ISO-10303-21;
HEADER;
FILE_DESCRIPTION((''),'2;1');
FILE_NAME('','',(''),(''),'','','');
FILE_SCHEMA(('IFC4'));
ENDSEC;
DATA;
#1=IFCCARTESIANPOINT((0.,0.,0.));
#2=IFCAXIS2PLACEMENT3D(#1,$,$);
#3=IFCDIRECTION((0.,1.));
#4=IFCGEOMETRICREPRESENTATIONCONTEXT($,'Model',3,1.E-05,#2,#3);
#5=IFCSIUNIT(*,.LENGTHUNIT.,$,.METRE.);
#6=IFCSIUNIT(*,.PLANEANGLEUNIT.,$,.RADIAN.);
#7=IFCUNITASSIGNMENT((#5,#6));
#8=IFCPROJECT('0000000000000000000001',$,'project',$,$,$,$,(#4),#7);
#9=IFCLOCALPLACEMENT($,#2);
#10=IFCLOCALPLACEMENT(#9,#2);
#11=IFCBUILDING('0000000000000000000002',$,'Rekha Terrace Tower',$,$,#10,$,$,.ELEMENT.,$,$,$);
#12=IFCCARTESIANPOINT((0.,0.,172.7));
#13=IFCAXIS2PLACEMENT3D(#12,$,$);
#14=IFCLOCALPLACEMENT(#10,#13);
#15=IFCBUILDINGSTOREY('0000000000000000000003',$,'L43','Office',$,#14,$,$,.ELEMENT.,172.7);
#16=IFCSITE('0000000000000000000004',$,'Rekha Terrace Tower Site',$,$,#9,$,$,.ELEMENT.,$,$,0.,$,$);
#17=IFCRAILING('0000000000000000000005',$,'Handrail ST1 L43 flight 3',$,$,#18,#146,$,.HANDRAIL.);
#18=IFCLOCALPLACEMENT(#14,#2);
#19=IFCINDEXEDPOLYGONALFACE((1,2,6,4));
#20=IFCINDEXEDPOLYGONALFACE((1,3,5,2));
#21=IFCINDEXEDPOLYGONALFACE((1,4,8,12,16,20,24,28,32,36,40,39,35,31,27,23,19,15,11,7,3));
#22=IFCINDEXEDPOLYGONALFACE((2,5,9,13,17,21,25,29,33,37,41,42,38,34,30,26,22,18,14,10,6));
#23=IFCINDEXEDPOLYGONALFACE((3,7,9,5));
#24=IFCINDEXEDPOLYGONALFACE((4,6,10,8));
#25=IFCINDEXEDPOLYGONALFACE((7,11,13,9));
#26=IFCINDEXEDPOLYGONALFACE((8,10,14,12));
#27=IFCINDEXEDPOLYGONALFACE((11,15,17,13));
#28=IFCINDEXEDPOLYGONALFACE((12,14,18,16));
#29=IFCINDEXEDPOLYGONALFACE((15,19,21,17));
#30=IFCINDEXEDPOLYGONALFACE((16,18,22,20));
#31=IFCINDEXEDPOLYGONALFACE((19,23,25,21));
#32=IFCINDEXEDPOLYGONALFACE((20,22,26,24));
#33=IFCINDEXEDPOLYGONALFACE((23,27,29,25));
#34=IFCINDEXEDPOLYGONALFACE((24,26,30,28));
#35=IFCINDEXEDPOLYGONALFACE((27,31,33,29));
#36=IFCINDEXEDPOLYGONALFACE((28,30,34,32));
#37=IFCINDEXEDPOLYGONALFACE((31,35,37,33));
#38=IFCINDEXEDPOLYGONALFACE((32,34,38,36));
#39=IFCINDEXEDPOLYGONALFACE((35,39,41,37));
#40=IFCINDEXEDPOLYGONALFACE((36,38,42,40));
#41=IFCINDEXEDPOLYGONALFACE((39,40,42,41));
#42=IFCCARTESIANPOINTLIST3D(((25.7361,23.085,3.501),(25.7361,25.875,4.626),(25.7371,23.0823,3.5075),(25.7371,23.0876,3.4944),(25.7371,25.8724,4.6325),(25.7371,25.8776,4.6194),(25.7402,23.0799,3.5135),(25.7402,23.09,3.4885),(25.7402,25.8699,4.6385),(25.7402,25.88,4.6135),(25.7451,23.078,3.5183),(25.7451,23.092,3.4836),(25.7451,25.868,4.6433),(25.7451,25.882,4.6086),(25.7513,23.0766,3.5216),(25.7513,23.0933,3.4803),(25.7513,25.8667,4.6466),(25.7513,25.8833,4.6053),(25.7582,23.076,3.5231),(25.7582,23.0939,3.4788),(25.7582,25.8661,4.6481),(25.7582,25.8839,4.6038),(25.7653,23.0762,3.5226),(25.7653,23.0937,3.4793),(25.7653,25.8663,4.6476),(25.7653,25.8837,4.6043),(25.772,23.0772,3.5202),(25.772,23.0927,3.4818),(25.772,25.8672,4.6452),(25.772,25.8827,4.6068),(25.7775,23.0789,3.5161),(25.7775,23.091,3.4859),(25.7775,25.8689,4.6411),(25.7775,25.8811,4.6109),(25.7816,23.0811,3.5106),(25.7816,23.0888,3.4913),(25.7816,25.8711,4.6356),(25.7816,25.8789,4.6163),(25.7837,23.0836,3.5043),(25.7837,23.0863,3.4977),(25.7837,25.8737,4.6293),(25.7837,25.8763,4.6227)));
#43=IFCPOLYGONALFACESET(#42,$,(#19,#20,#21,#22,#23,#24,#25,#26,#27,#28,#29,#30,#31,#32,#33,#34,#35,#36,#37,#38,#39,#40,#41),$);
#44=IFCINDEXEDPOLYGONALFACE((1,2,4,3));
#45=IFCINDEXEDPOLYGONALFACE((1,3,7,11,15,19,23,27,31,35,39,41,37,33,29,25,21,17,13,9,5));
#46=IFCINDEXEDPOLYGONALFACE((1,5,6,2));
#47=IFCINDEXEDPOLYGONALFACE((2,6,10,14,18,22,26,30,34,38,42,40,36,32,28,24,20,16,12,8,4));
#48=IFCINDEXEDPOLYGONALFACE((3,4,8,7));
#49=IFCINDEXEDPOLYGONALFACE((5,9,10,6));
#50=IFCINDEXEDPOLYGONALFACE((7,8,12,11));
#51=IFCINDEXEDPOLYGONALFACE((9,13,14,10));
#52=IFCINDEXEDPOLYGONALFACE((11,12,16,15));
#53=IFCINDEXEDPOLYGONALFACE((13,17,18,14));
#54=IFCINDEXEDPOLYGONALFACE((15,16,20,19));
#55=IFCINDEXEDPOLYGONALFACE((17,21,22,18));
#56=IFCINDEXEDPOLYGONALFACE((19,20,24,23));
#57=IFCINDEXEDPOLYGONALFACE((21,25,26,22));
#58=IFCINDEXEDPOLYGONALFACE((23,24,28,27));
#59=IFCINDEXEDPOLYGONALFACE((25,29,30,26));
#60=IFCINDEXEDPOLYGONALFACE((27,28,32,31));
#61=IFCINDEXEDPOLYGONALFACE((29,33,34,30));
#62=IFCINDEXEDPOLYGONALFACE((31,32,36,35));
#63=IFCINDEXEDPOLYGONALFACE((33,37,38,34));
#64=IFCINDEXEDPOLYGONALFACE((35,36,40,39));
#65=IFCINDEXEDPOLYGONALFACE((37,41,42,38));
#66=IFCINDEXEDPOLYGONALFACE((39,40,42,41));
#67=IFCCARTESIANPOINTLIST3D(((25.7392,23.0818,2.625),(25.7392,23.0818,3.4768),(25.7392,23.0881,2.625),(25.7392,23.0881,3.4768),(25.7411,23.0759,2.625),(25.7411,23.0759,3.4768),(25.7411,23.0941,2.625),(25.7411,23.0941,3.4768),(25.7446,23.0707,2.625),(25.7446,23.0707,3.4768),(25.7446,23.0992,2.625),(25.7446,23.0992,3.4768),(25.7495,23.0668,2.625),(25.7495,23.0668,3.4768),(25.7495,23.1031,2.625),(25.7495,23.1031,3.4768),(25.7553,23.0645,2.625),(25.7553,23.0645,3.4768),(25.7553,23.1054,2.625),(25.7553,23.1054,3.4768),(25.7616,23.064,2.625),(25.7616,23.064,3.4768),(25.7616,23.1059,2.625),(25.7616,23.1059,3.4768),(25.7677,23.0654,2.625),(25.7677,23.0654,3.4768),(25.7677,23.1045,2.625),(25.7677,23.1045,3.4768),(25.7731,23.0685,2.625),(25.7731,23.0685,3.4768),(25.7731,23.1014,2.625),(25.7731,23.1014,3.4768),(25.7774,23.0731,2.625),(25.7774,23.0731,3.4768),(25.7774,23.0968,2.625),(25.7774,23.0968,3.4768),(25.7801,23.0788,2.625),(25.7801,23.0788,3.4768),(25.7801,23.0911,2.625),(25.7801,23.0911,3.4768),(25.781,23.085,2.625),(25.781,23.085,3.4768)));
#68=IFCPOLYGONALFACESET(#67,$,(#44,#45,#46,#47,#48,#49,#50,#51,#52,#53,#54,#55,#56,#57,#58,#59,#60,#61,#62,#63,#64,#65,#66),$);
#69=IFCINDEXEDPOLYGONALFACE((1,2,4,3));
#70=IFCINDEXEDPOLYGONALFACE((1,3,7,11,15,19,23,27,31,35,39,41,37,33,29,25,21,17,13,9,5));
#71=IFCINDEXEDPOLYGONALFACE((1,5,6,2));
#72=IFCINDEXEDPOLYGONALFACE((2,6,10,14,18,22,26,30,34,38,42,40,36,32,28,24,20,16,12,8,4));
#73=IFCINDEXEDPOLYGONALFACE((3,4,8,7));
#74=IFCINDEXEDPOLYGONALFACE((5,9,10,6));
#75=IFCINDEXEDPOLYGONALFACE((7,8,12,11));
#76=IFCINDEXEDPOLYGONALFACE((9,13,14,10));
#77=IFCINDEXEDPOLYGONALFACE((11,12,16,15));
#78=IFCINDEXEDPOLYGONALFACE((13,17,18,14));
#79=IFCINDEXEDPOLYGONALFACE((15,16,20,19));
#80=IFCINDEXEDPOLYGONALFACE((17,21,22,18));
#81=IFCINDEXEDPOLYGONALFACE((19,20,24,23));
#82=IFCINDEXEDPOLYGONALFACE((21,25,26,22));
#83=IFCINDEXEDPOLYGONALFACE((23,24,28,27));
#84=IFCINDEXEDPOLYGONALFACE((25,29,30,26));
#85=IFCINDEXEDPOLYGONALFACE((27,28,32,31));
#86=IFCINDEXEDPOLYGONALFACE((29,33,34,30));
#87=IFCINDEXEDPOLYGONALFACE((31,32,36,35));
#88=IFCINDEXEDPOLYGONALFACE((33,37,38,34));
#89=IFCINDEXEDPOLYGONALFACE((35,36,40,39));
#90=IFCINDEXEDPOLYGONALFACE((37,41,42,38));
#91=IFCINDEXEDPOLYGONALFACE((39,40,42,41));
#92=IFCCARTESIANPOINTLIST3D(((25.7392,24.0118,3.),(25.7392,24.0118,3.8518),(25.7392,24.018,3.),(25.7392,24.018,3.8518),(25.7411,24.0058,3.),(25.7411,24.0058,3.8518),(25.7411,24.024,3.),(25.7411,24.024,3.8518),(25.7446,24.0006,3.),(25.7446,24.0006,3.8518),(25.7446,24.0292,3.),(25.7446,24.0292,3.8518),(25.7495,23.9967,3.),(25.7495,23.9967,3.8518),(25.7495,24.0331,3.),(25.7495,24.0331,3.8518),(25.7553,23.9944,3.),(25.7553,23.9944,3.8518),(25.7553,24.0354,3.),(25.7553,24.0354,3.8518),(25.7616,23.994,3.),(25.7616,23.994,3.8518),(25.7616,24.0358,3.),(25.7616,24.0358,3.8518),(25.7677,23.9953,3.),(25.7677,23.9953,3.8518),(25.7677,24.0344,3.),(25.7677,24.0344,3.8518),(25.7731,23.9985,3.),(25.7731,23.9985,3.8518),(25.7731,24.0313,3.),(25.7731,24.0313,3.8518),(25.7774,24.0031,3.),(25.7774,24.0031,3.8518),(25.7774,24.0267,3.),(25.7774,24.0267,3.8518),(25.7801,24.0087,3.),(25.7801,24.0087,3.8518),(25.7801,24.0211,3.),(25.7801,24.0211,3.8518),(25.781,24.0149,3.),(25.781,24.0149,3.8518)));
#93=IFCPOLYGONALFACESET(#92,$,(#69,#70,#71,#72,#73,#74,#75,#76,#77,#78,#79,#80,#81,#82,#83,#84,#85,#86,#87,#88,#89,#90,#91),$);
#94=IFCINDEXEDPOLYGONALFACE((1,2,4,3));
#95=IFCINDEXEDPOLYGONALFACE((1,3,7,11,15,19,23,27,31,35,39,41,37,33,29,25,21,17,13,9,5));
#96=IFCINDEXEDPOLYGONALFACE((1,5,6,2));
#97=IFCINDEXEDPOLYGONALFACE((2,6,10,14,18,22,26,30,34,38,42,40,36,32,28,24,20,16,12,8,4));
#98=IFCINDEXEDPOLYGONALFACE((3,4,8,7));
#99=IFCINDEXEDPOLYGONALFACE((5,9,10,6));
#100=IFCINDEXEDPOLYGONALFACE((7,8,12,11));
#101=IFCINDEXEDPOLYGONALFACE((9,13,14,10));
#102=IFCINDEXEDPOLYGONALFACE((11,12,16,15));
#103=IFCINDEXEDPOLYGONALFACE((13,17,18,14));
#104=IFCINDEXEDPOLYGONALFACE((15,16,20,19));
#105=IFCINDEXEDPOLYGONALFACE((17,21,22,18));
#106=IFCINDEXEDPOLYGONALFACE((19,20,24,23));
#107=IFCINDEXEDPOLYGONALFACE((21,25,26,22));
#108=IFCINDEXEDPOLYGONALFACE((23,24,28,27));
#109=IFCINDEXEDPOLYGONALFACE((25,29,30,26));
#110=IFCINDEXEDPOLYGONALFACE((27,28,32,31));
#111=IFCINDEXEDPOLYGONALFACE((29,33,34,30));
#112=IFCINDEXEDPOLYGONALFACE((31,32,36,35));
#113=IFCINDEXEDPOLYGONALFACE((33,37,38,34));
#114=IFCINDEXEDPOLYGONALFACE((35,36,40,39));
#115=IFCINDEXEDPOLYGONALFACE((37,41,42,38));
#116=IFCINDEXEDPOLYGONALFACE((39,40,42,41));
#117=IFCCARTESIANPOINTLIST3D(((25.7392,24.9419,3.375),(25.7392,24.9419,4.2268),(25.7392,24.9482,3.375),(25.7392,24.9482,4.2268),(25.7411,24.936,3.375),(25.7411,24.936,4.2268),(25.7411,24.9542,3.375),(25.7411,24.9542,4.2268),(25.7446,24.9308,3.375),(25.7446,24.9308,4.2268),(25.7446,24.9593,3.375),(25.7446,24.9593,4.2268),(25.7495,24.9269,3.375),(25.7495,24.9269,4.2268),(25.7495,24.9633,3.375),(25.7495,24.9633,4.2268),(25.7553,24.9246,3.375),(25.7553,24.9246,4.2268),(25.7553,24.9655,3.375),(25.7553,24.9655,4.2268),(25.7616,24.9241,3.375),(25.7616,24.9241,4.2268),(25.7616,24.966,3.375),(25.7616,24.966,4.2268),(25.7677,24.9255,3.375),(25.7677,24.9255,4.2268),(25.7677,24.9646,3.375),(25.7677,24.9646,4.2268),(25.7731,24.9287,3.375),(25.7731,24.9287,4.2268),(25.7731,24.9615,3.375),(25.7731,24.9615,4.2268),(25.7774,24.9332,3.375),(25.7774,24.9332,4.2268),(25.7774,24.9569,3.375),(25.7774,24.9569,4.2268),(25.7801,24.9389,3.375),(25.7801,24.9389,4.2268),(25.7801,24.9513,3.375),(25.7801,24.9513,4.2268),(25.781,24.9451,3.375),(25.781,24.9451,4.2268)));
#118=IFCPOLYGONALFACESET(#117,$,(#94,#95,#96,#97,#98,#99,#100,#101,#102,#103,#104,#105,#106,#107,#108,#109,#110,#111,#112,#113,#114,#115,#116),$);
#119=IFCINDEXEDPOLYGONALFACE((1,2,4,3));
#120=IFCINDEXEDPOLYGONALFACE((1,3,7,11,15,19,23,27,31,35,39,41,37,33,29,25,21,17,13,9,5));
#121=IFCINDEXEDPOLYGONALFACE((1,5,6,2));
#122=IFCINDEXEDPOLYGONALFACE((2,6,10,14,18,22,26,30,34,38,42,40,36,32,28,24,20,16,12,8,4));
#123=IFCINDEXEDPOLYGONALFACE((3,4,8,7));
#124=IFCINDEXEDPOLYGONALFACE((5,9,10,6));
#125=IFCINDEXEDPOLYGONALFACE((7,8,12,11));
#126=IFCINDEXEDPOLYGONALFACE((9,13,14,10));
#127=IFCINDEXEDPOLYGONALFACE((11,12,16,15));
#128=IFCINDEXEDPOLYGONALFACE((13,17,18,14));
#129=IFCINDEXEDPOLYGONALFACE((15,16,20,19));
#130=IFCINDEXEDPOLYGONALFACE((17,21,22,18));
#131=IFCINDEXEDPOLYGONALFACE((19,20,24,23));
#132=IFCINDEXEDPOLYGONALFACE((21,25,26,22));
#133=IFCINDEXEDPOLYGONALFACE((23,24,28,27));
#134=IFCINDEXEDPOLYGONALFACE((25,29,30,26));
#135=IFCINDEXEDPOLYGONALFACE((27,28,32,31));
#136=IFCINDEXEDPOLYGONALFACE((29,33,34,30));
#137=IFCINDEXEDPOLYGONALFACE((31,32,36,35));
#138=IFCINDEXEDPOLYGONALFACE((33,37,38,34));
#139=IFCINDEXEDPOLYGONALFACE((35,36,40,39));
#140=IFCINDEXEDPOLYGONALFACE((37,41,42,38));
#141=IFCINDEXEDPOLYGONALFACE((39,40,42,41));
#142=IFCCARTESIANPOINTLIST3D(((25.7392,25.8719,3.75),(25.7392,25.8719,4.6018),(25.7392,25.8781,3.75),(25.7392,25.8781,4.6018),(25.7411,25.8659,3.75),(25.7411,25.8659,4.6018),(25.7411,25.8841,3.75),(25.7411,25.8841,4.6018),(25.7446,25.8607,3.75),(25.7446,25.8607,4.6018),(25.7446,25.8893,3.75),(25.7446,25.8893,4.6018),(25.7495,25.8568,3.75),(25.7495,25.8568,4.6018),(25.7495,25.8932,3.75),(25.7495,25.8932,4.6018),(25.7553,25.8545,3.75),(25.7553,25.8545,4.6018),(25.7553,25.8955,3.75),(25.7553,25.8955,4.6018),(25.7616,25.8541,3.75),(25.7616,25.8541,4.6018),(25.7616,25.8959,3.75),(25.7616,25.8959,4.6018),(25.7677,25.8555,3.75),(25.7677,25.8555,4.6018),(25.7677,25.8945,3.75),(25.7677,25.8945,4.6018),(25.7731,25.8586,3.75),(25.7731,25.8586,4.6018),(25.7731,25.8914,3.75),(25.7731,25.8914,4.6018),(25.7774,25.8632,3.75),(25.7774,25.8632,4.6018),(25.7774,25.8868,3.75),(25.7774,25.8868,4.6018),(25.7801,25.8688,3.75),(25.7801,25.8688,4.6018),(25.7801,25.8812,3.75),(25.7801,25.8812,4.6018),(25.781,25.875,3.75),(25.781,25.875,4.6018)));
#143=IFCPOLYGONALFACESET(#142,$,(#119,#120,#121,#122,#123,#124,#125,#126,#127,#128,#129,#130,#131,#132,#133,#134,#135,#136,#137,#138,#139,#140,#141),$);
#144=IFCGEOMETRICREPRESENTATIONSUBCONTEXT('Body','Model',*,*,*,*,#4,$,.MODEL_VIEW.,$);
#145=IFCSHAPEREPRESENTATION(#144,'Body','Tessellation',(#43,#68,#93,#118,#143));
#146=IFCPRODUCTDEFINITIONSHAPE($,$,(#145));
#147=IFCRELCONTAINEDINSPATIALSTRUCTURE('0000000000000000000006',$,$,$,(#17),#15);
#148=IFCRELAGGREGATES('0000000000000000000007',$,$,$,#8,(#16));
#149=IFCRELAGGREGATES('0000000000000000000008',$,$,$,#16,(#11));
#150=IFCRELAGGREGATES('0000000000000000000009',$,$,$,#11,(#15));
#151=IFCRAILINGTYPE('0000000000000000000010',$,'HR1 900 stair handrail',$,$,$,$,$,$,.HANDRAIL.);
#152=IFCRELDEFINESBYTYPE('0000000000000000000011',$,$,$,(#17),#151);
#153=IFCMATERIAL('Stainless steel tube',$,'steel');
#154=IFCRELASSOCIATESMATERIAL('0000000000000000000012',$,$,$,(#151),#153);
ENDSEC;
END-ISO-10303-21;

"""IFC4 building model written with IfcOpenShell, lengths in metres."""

from ifc_helpers import new_model, si_unit, direction, frame, origin, origin_2d, place, context, subcontext, project, spatial, circle, extrude, material, type_object, element, save


model = new_model("IFC4")

# Units and contexts
model_context = context("Model", 3, precision=1e-05, world=origin(), true_north=direction((0.0, 1.0)))
body_context = subcontext(model_context, "Body", "Model", "MODEL_VIEW")
ifc_project = project(units=[si_unit("LENGTHUNIT", "METRE"), si_unit("PLANEANGLEUNIT", "RADIAN")], contexts=[model_context])

# Site, building, storey
site_placement = place(None, origin())
site = spatial("IfcSite", under=ifc_project, at=site_placement, Name="Rekha Terrace Tower Site", CompositionType="ELEMENT", RefElevation=0.0)
building_placement = place(site_placement, origin())
building = spatial("IfcBuilding", under=site, at=building_placement, Name="Rekha Terrace Tower", CompositionType="ELEMENT")
storey_placement = place(building_placement, frame((0.0, 0.0, 172.7)))
storey = spatial("IfcBuildingStorey", under=building, at=storey_placement, Name="L43", Description="Office", CompositionType="ELEMENT", Elevation=172.7)

# Railing
ifc_material_1 = material(Name="Stainless steel tube", Category="steel")
railing_type_1 = type_object("IfcRailingType", Name="HR1 900 stair handrail", PredefinedType="HANDRAIL", material=ifc_material_1)
railing_1_placement = place(storey_placement, frame((25.76, 23.085, 2.625)))
element("IfcRailing", 1, at=railing_1_placement, inside=storey, type_object=railing_type_1, Name="Handrail ST1 L43 flight 3", PredefinedType="HANDRAIL", context=body_context, shape_type="SweptSolid", body=[
    extrude(circle(Radius=0.0239, at=origin_2d()), frame((0.0, 0.0, 0.876), z_axis=(0.0, 0.927443, 0.373964), x_axis=(-1.0, 0.0, 0.0)), (0.0, 0.0, 1.0), 3.0083),
    extrude(circle(Radius=0.021, at=origin_2d()), origin(), (0.0, 0.0, 1.0), 0.8518),
    extrude(circle(Radius=0.021, at=origin_2d()), frame((0.0, 0.9299, 0.375)), (0.0, 0.0, 1.0), 0.8518),
    extrude(circle(Radius=0.021, at=origin_2d()), frame((0.0, 1.8601, 0.75)), (0.0, 0.0, 1.0), 0.8518),
    extrude(circle(Radius=0.021, at=origin_2d()), frame((0.0, 2.79, 1.125)), (0.0, 0.0, 1.0), 0.8518),
])

save(model, "model.ifc")
